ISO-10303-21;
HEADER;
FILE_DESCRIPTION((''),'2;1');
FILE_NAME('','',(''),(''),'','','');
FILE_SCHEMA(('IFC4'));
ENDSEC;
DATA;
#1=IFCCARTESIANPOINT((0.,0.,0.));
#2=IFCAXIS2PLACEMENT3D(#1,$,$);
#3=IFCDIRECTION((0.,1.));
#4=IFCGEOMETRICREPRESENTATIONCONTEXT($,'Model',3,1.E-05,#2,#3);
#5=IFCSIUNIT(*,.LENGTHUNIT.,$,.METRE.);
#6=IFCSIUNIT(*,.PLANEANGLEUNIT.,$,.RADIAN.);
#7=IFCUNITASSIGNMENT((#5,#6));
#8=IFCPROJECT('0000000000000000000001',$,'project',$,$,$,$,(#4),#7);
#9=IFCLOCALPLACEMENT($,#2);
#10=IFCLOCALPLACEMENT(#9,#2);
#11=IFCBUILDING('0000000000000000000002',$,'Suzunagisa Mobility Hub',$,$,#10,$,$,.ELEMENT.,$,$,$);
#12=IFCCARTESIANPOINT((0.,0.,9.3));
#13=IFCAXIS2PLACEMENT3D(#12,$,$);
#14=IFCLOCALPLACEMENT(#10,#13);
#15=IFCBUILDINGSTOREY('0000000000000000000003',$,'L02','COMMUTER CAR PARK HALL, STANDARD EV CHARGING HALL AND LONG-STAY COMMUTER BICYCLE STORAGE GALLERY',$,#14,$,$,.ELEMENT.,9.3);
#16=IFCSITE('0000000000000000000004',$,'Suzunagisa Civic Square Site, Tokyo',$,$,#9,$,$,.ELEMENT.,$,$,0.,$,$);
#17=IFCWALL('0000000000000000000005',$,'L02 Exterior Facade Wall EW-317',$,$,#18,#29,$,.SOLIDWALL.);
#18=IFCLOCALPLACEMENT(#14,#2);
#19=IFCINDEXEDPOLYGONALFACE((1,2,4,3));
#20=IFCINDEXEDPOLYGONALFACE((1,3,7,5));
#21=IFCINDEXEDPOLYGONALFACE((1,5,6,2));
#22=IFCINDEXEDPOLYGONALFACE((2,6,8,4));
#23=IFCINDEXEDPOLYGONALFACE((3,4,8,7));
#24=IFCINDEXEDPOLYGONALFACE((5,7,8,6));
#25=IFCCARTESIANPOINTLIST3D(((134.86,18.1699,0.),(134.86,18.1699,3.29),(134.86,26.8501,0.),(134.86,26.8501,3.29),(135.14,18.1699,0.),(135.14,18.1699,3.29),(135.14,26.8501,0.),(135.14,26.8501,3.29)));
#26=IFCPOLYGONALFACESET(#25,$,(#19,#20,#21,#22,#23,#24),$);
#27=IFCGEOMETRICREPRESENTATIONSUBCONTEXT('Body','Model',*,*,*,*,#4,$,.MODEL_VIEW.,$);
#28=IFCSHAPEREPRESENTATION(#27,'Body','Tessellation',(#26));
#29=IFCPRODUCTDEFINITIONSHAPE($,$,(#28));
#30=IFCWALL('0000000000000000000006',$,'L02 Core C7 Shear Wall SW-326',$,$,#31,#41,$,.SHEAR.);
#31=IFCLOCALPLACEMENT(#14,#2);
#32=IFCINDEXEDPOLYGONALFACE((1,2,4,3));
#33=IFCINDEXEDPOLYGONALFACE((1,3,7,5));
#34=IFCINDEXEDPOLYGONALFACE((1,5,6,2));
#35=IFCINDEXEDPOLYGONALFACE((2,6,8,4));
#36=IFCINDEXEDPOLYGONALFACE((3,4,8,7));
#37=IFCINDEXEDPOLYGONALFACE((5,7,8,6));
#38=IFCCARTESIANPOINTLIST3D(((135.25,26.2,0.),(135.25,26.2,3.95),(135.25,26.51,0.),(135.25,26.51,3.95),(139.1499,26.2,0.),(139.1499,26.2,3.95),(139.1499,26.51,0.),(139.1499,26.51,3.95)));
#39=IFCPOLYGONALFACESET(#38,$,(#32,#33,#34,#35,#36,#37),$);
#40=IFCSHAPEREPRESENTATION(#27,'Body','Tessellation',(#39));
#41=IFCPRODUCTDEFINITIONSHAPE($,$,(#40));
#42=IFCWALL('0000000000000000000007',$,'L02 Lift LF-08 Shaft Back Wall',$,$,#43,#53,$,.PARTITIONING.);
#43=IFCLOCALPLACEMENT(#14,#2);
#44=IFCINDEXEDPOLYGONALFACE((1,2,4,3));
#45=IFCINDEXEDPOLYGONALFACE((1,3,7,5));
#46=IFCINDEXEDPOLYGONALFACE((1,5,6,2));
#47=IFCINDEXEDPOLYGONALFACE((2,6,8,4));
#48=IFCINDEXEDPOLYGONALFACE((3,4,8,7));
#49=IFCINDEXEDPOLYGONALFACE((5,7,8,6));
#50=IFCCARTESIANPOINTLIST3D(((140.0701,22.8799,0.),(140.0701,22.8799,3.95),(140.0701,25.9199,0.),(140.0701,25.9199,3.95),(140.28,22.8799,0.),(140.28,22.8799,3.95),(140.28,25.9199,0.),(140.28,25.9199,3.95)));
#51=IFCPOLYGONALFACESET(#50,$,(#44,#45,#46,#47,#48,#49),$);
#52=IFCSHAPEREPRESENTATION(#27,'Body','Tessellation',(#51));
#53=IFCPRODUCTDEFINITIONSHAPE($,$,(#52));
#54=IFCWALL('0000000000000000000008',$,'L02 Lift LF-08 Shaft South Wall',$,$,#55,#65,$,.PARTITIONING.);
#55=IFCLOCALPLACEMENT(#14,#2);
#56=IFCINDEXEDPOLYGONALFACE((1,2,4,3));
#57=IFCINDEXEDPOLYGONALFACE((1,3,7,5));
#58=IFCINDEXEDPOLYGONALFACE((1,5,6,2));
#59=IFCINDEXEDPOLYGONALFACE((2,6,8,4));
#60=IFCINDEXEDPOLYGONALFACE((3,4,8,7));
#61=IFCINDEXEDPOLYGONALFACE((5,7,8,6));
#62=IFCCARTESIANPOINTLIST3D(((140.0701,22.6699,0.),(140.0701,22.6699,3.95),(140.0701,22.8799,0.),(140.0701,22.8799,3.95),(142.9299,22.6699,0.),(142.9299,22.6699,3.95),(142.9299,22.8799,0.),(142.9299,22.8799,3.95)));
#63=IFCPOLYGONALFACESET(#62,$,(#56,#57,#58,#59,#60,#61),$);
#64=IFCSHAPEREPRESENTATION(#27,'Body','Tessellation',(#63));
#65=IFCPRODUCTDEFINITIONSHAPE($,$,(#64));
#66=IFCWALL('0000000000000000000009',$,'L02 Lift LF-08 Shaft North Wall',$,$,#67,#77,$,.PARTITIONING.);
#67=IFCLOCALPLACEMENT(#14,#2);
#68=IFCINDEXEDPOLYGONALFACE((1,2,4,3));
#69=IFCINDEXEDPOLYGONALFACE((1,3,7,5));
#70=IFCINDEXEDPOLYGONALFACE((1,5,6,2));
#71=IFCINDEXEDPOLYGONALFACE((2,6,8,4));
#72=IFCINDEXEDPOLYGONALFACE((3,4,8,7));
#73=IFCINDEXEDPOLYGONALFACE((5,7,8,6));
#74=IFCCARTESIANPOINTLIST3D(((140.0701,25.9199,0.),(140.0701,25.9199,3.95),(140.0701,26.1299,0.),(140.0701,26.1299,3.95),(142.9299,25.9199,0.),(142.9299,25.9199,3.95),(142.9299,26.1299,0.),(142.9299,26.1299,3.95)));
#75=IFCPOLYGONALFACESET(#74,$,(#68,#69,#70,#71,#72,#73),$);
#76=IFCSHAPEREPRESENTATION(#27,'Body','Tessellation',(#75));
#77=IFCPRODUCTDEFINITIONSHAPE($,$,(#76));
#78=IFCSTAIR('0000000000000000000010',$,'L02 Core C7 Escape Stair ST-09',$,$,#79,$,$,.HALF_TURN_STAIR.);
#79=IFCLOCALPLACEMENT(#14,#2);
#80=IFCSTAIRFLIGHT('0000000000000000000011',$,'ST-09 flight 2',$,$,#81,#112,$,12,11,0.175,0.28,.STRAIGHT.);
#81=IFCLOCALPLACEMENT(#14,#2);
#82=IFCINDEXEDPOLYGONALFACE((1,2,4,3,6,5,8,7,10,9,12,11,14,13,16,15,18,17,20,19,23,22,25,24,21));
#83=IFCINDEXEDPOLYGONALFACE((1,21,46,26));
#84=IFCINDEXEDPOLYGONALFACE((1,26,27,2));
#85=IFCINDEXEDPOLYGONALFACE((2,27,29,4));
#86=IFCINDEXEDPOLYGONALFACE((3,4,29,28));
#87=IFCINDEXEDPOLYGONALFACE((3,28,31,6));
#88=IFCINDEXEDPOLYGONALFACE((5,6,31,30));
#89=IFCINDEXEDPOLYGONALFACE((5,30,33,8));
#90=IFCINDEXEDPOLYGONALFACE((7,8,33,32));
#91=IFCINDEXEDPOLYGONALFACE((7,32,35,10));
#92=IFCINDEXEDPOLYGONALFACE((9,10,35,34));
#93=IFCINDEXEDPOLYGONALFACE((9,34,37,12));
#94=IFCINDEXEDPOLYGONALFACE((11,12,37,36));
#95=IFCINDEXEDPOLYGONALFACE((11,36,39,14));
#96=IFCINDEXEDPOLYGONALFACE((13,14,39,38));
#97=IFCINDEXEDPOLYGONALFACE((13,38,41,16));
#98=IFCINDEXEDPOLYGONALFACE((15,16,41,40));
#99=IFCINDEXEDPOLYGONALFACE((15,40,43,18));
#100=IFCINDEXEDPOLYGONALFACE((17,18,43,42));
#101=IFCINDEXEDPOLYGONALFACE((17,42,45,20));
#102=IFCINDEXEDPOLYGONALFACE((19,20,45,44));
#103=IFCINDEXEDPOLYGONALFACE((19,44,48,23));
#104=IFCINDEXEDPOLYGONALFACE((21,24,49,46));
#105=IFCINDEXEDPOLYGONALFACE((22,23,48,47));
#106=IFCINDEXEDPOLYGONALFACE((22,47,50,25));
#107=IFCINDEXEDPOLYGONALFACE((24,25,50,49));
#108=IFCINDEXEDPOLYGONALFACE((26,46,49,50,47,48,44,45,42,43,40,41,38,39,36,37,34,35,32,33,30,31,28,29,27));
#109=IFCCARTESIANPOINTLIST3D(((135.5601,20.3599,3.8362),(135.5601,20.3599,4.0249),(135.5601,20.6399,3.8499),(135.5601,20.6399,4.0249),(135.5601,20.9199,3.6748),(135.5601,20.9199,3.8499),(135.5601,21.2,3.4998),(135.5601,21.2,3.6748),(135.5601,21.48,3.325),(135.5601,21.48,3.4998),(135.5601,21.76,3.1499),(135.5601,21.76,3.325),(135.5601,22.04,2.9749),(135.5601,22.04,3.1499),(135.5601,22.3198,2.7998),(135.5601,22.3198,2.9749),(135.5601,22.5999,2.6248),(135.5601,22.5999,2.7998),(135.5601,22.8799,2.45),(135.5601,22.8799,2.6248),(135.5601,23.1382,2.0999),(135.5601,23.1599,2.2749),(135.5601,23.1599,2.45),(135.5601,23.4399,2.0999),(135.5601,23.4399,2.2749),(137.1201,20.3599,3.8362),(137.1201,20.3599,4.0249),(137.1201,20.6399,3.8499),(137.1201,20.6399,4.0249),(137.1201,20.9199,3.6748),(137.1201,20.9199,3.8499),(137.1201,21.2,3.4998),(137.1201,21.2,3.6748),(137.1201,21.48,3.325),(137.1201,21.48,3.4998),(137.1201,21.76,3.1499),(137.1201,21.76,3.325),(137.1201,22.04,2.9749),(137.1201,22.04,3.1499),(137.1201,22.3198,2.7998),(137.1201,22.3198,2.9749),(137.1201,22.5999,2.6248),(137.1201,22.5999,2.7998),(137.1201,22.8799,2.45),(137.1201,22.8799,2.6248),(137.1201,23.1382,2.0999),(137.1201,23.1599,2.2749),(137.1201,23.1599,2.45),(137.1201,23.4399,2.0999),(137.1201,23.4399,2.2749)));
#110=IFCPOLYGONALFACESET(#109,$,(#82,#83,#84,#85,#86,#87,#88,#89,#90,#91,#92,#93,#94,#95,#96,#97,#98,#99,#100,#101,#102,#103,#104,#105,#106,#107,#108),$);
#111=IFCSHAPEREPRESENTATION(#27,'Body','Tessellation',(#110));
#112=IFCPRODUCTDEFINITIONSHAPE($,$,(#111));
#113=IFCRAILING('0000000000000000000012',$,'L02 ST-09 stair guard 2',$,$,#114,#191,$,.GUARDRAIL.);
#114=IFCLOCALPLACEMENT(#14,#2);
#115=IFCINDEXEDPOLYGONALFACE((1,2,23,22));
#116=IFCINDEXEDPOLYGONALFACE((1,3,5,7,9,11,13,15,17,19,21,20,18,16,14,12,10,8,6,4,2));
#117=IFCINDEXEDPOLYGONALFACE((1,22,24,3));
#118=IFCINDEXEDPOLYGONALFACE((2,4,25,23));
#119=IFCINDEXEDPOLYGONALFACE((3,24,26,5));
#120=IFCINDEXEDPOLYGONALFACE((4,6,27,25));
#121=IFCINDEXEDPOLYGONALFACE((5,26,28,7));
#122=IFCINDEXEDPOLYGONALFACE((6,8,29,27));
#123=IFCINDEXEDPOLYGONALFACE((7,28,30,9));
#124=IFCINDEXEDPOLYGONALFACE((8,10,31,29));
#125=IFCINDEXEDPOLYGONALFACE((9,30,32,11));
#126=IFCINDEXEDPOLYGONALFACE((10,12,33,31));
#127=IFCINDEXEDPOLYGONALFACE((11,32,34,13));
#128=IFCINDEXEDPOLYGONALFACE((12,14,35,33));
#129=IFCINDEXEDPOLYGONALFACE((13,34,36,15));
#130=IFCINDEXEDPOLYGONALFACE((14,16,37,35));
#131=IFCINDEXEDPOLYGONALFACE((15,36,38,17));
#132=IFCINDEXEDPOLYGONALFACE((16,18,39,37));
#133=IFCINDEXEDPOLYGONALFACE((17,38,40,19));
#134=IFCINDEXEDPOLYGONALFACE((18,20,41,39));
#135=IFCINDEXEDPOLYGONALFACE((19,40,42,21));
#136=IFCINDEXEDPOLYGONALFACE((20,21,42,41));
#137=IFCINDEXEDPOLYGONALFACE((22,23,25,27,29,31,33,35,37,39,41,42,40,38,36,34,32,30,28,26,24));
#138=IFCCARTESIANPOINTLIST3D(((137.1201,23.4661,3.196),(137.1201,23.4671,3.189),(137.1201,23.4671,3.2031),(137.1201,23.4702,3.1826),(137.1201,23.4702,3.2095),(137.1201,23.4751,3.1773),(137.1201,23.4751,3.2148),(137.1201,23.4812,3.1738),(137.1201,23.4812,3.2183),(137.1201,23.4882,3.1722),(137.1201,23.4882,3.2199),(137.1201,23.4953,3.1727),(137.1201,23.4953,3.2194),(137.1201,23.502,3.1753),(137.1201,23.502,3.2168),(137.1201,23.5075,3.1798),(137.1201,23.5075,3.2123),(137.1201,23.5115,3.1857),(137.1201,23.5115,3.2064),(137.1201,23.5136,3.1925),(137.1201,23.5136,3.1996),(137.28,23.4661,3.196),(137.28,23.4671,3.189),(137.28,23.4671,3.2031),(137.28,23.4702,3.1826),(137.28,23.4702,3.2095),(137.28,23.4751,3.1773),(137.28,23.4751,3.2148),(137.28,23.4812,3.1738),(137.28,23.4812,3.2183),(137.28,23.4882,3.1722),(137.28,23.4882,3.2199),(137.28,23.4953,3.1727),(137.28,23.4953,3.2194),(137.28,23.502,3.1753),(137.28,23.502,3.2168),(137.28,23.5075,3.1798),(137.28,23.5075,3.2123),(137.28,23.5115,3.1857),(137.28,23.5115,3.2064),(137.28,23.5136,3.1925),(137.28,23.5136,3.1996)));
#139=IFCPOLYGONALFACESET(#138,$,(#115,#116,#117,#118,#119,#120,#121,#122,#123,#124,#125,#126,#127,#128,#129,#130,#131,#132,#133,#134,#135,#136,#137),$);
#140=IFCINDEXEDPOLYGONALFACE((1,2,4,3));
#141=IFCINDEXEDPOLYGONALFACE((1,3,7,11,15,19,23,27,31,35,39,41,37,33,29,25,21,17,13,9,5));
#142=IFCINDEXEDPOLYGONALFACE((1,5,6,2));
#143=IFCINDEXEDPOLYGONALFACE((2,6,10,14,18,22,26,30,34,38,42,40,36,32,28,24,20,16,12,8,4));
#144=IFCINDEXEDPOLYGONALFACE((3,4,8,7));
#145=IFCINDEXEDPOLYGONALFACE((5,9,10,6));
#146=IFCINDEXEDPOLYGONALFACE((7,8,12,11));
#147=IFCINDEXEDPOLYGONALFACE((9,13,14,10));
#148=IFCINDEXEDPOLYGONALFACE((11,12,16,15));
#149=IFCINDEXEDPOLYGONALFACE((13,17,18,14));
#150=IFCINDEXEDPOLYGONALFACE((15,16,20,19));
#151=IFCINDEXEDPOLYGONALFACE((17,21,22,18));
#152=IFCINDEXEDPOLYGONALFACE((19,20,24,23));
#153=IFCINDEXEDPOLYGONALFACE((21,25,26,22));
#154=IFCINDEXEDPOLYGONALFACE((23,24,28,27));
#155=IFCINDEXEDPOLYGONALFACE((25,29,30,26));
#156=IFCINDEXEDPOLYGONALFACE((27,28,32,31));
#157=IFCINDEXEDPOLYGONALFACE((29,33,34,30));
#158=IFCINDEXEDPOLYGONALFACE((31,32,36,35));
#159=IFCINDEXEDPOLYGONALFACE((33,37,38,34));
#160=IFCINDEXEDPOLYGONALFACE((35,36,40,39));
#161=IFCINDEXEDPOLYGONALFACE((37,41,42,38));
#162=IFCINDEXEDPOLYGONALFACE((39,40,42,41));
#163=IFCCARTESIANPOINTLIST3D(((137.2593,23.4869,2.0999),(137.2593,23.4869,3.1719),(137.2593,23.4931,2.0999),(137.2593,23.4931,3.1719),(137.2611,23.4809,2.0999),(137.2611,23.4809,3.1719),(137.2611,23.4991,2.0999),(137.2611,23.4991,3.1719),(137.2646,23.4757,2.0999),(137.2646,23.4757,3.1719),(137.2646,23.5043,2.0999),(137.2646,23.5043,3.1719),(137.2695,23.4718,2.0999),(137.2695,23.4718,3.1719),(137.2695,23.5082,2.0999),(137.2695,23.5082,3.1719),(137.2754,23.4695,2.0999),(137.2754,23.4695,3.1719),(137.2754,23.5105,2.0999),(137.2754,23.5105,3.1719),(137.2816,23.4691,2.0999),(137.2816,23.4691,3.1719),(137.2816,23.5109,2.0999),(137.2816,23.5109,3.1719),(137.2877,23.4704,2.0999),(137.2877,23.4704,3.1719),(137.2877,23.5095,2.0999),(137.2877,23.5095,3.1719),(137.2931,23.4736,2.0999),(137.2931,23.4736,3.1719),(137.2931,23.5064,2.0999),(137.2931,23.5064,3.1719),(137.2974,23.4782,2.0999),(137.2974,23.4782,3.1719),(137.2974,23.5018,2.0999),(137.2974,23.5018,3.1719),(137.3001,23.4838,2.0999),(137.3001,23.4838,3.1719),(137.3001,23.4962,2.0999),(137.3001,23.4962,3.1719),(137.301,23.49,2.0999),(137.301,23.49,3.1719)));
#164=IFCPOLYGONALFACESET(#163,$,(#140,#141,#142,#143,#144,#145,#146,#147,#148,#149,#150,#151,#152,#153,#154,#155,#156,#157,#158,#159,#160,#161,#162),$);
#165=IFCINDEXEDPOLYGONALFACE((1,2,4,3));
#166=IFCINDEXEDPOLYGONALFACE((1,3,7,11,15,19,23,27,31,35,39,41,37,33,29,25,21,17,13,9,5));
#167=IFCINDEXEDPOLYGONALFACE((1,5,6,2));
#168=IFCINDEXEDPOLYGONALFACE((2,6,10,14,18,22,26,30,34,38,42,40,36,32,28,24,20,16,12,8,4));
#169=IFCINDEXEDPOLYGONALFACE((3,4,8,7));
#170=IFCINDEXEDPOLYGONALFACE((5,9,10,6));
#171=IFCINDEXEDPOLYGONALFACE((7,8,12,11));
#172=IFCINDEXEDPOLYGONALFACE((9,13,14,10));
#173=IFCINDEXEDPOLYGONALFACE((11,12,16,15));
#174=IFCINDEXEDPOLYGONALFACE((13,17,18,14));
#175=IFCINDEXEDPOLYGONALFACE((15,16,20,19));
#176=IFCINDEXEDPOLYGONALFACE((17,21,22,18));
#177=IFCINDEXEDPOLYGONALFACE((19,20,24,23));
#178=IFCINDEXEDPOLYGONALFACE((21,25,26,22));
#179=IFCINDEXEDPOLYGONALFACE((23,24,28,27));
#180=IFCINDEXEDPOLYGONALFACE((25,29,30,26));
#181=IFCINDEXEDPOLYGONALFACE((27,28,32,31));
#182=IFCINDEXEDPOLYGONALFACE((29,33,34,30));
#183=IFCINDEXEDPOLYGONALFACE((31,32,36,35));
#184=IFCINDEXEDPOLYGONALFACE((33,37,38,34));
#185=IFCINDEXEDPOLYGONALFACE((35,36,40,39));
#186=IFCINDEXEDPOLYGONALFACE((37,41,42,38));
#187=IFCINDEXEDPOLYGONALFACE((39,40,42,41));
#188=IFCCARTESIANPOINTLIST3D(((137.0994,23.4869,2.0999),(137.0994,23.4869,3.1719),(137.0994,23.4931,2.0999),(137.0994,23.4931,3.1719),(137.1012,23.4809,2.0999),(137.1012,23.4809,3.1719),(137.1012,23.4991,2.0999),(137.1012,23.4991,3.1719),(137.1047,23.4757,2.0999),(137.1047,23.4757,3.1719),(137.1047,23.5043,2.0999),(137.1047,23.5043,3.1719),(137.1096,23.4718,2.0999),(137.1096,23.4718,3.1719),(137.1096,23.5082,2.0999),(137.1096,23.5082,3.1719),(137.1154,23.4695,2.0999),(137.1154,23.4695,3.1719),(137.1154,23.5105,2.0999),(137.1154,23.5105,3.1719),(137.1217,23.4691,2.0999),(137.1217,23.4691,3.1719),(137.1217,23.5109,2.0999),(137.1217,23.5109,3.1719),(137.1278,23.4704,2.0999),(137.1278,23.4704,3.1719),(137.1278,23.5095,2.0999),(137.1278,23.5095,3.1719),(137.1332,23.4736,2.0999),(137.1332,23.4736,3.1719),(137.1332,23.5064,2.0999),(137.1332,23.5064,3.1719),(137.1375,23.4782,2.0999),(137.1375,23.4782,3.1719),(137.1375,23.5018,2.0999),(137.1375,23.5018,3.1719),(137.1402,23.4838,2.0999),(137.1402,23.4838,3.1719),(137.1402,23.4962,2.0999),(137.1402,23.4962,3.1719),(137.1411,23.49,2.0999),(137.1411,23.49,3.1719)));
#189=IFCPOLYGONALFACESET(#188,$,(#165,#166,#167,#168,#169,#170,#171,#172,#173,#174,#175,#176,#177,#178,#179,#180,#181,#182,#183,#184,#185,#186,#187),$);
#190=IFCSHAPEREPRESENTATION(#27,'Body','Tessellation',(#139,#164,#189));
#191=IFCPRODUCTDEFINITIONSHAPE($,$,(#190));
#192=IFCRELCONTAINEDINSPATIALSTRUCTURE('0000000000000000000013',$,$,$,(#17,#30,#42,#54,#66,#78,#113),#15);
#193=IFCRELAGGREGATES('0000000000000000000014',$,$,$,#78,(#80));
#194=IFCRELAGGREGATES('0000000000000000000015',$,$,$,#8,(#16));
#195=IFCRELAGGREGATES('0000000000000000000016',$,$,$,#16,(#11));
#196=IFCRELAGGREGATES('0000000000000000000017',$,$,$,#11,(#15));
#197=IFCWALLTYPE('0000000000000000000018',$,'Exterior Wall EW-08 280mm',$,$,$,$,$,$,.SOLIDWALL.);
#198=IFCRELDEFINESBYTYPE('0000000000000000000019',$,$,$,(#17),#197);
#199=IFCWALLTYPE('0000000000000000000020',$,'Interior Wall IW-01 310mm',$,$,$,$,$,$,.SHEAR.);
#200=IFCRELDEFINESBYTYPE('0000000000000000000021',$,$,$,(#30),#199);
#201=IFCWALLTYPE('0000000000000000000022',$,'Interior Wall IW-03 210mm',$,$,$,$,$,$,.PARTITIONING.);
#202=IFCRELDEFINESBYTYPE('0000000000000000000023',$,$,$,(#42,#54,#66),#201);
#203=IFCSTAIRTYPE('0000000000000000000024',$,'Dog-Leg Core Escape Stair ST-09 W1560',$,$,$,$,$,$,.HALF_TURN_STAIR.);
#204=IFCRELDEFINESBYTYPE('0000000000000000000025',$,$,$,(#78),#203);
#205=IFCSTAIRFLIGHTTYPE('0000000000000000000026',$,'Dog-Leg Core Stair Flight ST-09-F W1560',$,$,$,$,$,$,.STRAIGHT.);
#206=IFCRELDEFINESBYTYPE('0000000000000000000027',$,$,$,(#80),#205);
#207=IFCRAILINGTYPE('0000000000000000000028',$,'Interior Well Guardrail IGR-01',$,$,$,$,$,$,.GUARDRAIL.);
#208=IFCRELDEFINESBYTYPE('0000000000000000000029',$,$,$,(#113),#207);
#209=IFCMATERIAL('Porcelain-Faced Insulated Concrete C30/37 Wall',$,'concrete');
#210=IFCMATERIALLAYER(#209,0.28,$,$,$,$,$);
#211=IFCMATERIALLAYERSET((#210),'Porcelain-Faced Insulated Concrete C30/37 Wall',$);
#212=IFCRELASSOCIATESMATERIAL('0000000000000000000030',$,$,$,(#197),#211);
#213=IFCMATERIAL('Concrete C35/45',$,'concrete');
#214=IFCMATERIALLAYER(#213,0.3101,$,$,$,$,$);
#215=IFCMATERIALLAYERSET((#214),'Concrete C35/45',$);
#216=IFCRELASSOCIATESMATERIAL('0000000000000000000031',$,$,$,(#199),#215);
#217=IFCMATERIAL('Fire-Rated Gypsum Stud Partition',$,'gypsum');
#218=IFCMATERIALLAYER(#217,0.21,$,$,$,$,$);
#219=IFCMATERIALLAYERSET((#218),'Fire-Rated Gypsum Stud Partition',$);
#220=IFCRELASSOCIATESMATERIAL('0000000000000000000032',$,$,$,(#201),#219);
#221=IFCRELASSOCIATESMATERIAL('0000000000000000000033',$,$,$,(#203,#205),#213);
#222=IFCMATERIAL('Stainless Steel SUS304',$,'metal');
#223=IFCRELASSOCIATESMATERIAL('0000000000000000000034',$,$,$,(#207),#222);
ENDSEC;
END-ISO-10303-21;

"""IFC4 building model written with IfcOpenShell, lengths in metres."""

from ifc_helpers import new_model, si_unit, direction, frame, frame_2d, origin, origin_2d, place, context, subcontext, project, spatial, polyline, rectangle, circle, outline, extrude, material, layer, layer_set, type_object, element, aggregate, save


model = new_model("IFC4")

# Units and contexts
model_context = context("Model", 3, precision=1e-05, world=origin(), true_north=direction((0.0, 1.0)))
body_context = subcontext(model_context, "Body", "Model", "MODEL_VIEW")
ifc_project = project(units=[si_unit("LENGTHUNIT", "METRE"), si_unit("PLANEANGLEUNIT", "RADIAN")], contexts=[model_context])

# Site, building, storey
site_placement = place(None, origin())
site = spatial("IfcSite", under=ifc_project, at=site_placement, Name="Suzunagisa Civic Square Site, Tokyo", CompositionType="ELEMENT", RefElevation=0.0)
building_placement = place(site_placement, origin())
building = spatial("IfcBuilding", under=site, at=building_placement, Name="Suzunagisa Mobility Hub", CompositionType="ELEMENT")
storey_placement = place(building_placement, frame((0.0, 0.0, 9.3)))
storey = spatial("IfcBuildingStorey", under=building, at=storey_placement, Name="L02", Description="COMMUTER CAR PARK HALL, STANDARD EV CHARGING HALL AND LONG-STAY COMMUTER BICYCLE STORAGE GALLERY", CompositionType="ELEMENT", Elevation=9.3)

# Walls
ifc_material_1 = material(Name="Porcelain-Faced Insulated Concrete C30/37 Wall", Category="concrete")
ifc_layer_1 = layer(ifc_material_1, 0.28)
ifc_layer_set_1 = layer_set([ifc_layer_1], Name="Porcelain-Faced Insulated Concrete C30/37 Wall")
wall_type_1 = type_object("IfcWallType", Name="Exterior Wall EW-08 280mm", PredefinedType="SOLIDWALL", material=ifc_layer_set_1)
wall_1_placement = place(storey_placement, frame((135.0, 26.8501, 0.0), z_axis=(0.0, 0.0, 1.0), x_axis=(0.0, -1.0, 0.0)))
element("IfcWall", 1, at=wall_1_placement, inside=storey, type_object=wall_type_1, Name="L02 Exterior Facade Wall EW-317", PredefinedType="SOLIDWALL", context=body_context, shape_type="SweptSolid", body=[
    extrude(rectangle(XDim=8.6802, YDim=0.28, at=frame_2d((4.3401, 0.0))), origin(), (0.0, 0.0, 1.0), 3.29),
])
ifc_material_2 = material(Name="Concrete C35/45", Category="concrete")
ifc_layer_2 = layer(ifc_material_2, 0.3101)
ifc_layer_set_2 = layer_set([ifc_layer_2], Name="Concrete C35/45")
wall_type_2 = type_object("IfcWallType", Name="Interior Wall IW-01 310mm", PredefinedType="SHEAR", material=ifc_layer_set_2)
wall_2_placement = place(storey_placement, frame((135.25, 26.355, 0.0), z_axis=(0.0, 0.0, 1.0), x_axis=(1.0, 0.0, 0.0)))
element("IfcWall", 2, at=wall_2_placement, inside=storey, type_object=wall_type_2, Name="L02 Core C7 Shear Wall SW-326", PredefinedType="SHEAR", context=body_context, shape_type="SweptSolid", body=[
    extrude(rectangle(XDim=3.8999, YDim=0.3101, at=frame_2d((1.95, 0.0))), origin(), (0.0, 0.0, 1.0), 3.95),
])

# Shared definitions
ifc_material_3 = material(Name="Fire-Rated Gypsum Stud Partition", Category="gypsum")
ifc_layer_3 = layer(ifc_material_3, 0.21)
ifc_layer_set_3 = layer_set([ifc_layer_3], Name="Fire-Rated Gypsum Stud Partition")
wall_type_3 = type_object("IfcWallType", Name="Interior Wall IW-03 210mm", PredefinedType="PARTITIONING", material=ifc_layer_set_3)

# Walls
wall_3_placement = place(storey_placement, frame((140.175, 22.8799, 0.0), z_axis=(0.0, 0.0, 1.0), x_axis=(0.0, 1.0, 0.0)))
element("IfcWall", 3, at=wall_3_placement, inside=storey, type_object=wall_type_3, Name="L02 Lift LF-08 Shaft Back Wall", PredefinedType="PARTITIONING", context=body_context, shape_type="SweptSolid", body=[
    extrude(rectangle(XDim=3.04, YDim=0.21, at=frame_2d((1.52, 0.0))), origin(), (0.0, 0.0, 1.0), 3.95),
])
for number, where, z_axis, x_axis, name in (
    (4, (140.0701, 22.7749, 0.0), (0.0, 0.0, 1.0), (1.0, 0.0, 0.0), "L02 Lift LF-08 Shaft South Wall"),
    (5, (140.0701, 26.0249, 0.0), (0.0, 0.0, 1.0), (1.0, 0.0, 0.0), "L02 Lift LF-08 Shaft North Wall"),
):
    element("IfcWall", number, at=place(storey_placement, frame(where, z_axis=z_axis, x_axis=x_axis)), inside=storey, type_object=wall_type_3, Name=name, PredefinedType="PARTITIONING", context=body_context, shape_type="SweptSolid", body=[
        extrude(rectangle(XDim=2.8599, YDim=0.21, at=frame_2d((1.4299, 0.0))), origin(), (0.0, 0.0, 1.0), 3.95),
    ])

# Stair, stair flight
stair_type = type_object("IfcStairType", Name="Dog-Leg Core Escape Stair ST-09 W1560", PredefinedType="HALF_TURN_STAIR", material=ifc_material_2)
stair_placement = place(storey_placement, origin())
stair = element("IfcStair", 6, at=stair_placement, inside=storey, type_object=stair_type, Name="L02 Core C7 Escape Stair ST-09", PredefinedType="HALF_TURN_STAIR")
stair_flight_type = type_object("IfcStairFlightType", Name="Dog-Leg Core Stair Flight ST-09-F W1560", PredefinedType="STRAIGHT", material=ifc_material_2)
stair_flight_placement = place(storey_placement, frame((136.3401, 23.4399, 2.0999), z_axis=(0.0, 0.0, 1.0), x_axis=(0.0, -1.0, 0.0)))
stair_flight = element("IfcStairFlight", 7, at=stair_flight_placement, type_object=stair_flight_type, Name="ST-09 flight 2", NumberOfRisers=12, NumberOfTreads=11, PredefinedType="STRAIGHT", RiserHeight=0.175, TreadLength=0.28, context=body_context, shape_type="SweptSolid", body=[
    extrude(outline(polyline([(0.0, 0.0), (0.0, 0.175), (0.28, 0.175), (0.28, 0.3501), (0.5601, 0.3501), (0.5601, 0.5249), (0.8401, 0.5249), (0.8401, 0.7), (1.1201, 0.7), (1.1201, 0.875), (1.3999, 0.875), (1.3999, 1.05), (1.6799, 1.05), (1.6799, 1.2251), (1.96, 1.2251), (1.96, 1.3999), (2.24, 1.3999), (2.24, 1.575), (2.52, 1.575), (2.52, 1.75), (2.8, 1.75), (2.8, 1.925), (3.0801, 1.925), (3.0801, 2.1001), (3.0801, 1.7363), (0.3018, 0.0), (0.0, 0.0)])), frame((0.0, 0.78, 0.0), z_axis=(0.0, -1.0, 0.0), x_axis=(1.0, 0.0, 0.0)), (0.0, 0.0, 1.0), 1.5601),
])
aggregate(stair, [stair_flight])

# Railing
ifc_material_4 = material(Name="Stainless Steel SUS304", Category="metal")
railing_type_1 = type_object("IfcRailingType", Name="Interior Well Guardrail IGR-01", PredefinedType="GUARDRAIL", material=ifc_material_4)
railing_1_placement = place(storey_placement, frame((137.28, 23.49, 2.0999)))
element("IfcRailing", 8, at=railing_1_placement, inside=storey, type_object=railing_type_1, Name="L02 ST-09 stair guard 2", PredefinedType="GUARDRAIL", context=body_context, shape_type="SweptSolid", body=[
    extrude(circle(Radius=0.0239, at=origin_2d()), frame((0.0, 0.0, 1.0962), z_axis=(-1.0, 0.0, 0.0), x_axis=(0.0, -1.0, 0.0)), (0.0, 0.0, 1.0), 0.1599),
    extrude(circle(Radius=0.021, at=origin_2d()), origin(), (0.0, 0.0, 1.0), 1.072),
    extrude(circle(Radius=0.021, at=origin_2d()), frame((-0.1599, 0.0, 0.0)), (0.0, 0.0, 1.0), 1.072),
])

save(model, "model.ifc")
